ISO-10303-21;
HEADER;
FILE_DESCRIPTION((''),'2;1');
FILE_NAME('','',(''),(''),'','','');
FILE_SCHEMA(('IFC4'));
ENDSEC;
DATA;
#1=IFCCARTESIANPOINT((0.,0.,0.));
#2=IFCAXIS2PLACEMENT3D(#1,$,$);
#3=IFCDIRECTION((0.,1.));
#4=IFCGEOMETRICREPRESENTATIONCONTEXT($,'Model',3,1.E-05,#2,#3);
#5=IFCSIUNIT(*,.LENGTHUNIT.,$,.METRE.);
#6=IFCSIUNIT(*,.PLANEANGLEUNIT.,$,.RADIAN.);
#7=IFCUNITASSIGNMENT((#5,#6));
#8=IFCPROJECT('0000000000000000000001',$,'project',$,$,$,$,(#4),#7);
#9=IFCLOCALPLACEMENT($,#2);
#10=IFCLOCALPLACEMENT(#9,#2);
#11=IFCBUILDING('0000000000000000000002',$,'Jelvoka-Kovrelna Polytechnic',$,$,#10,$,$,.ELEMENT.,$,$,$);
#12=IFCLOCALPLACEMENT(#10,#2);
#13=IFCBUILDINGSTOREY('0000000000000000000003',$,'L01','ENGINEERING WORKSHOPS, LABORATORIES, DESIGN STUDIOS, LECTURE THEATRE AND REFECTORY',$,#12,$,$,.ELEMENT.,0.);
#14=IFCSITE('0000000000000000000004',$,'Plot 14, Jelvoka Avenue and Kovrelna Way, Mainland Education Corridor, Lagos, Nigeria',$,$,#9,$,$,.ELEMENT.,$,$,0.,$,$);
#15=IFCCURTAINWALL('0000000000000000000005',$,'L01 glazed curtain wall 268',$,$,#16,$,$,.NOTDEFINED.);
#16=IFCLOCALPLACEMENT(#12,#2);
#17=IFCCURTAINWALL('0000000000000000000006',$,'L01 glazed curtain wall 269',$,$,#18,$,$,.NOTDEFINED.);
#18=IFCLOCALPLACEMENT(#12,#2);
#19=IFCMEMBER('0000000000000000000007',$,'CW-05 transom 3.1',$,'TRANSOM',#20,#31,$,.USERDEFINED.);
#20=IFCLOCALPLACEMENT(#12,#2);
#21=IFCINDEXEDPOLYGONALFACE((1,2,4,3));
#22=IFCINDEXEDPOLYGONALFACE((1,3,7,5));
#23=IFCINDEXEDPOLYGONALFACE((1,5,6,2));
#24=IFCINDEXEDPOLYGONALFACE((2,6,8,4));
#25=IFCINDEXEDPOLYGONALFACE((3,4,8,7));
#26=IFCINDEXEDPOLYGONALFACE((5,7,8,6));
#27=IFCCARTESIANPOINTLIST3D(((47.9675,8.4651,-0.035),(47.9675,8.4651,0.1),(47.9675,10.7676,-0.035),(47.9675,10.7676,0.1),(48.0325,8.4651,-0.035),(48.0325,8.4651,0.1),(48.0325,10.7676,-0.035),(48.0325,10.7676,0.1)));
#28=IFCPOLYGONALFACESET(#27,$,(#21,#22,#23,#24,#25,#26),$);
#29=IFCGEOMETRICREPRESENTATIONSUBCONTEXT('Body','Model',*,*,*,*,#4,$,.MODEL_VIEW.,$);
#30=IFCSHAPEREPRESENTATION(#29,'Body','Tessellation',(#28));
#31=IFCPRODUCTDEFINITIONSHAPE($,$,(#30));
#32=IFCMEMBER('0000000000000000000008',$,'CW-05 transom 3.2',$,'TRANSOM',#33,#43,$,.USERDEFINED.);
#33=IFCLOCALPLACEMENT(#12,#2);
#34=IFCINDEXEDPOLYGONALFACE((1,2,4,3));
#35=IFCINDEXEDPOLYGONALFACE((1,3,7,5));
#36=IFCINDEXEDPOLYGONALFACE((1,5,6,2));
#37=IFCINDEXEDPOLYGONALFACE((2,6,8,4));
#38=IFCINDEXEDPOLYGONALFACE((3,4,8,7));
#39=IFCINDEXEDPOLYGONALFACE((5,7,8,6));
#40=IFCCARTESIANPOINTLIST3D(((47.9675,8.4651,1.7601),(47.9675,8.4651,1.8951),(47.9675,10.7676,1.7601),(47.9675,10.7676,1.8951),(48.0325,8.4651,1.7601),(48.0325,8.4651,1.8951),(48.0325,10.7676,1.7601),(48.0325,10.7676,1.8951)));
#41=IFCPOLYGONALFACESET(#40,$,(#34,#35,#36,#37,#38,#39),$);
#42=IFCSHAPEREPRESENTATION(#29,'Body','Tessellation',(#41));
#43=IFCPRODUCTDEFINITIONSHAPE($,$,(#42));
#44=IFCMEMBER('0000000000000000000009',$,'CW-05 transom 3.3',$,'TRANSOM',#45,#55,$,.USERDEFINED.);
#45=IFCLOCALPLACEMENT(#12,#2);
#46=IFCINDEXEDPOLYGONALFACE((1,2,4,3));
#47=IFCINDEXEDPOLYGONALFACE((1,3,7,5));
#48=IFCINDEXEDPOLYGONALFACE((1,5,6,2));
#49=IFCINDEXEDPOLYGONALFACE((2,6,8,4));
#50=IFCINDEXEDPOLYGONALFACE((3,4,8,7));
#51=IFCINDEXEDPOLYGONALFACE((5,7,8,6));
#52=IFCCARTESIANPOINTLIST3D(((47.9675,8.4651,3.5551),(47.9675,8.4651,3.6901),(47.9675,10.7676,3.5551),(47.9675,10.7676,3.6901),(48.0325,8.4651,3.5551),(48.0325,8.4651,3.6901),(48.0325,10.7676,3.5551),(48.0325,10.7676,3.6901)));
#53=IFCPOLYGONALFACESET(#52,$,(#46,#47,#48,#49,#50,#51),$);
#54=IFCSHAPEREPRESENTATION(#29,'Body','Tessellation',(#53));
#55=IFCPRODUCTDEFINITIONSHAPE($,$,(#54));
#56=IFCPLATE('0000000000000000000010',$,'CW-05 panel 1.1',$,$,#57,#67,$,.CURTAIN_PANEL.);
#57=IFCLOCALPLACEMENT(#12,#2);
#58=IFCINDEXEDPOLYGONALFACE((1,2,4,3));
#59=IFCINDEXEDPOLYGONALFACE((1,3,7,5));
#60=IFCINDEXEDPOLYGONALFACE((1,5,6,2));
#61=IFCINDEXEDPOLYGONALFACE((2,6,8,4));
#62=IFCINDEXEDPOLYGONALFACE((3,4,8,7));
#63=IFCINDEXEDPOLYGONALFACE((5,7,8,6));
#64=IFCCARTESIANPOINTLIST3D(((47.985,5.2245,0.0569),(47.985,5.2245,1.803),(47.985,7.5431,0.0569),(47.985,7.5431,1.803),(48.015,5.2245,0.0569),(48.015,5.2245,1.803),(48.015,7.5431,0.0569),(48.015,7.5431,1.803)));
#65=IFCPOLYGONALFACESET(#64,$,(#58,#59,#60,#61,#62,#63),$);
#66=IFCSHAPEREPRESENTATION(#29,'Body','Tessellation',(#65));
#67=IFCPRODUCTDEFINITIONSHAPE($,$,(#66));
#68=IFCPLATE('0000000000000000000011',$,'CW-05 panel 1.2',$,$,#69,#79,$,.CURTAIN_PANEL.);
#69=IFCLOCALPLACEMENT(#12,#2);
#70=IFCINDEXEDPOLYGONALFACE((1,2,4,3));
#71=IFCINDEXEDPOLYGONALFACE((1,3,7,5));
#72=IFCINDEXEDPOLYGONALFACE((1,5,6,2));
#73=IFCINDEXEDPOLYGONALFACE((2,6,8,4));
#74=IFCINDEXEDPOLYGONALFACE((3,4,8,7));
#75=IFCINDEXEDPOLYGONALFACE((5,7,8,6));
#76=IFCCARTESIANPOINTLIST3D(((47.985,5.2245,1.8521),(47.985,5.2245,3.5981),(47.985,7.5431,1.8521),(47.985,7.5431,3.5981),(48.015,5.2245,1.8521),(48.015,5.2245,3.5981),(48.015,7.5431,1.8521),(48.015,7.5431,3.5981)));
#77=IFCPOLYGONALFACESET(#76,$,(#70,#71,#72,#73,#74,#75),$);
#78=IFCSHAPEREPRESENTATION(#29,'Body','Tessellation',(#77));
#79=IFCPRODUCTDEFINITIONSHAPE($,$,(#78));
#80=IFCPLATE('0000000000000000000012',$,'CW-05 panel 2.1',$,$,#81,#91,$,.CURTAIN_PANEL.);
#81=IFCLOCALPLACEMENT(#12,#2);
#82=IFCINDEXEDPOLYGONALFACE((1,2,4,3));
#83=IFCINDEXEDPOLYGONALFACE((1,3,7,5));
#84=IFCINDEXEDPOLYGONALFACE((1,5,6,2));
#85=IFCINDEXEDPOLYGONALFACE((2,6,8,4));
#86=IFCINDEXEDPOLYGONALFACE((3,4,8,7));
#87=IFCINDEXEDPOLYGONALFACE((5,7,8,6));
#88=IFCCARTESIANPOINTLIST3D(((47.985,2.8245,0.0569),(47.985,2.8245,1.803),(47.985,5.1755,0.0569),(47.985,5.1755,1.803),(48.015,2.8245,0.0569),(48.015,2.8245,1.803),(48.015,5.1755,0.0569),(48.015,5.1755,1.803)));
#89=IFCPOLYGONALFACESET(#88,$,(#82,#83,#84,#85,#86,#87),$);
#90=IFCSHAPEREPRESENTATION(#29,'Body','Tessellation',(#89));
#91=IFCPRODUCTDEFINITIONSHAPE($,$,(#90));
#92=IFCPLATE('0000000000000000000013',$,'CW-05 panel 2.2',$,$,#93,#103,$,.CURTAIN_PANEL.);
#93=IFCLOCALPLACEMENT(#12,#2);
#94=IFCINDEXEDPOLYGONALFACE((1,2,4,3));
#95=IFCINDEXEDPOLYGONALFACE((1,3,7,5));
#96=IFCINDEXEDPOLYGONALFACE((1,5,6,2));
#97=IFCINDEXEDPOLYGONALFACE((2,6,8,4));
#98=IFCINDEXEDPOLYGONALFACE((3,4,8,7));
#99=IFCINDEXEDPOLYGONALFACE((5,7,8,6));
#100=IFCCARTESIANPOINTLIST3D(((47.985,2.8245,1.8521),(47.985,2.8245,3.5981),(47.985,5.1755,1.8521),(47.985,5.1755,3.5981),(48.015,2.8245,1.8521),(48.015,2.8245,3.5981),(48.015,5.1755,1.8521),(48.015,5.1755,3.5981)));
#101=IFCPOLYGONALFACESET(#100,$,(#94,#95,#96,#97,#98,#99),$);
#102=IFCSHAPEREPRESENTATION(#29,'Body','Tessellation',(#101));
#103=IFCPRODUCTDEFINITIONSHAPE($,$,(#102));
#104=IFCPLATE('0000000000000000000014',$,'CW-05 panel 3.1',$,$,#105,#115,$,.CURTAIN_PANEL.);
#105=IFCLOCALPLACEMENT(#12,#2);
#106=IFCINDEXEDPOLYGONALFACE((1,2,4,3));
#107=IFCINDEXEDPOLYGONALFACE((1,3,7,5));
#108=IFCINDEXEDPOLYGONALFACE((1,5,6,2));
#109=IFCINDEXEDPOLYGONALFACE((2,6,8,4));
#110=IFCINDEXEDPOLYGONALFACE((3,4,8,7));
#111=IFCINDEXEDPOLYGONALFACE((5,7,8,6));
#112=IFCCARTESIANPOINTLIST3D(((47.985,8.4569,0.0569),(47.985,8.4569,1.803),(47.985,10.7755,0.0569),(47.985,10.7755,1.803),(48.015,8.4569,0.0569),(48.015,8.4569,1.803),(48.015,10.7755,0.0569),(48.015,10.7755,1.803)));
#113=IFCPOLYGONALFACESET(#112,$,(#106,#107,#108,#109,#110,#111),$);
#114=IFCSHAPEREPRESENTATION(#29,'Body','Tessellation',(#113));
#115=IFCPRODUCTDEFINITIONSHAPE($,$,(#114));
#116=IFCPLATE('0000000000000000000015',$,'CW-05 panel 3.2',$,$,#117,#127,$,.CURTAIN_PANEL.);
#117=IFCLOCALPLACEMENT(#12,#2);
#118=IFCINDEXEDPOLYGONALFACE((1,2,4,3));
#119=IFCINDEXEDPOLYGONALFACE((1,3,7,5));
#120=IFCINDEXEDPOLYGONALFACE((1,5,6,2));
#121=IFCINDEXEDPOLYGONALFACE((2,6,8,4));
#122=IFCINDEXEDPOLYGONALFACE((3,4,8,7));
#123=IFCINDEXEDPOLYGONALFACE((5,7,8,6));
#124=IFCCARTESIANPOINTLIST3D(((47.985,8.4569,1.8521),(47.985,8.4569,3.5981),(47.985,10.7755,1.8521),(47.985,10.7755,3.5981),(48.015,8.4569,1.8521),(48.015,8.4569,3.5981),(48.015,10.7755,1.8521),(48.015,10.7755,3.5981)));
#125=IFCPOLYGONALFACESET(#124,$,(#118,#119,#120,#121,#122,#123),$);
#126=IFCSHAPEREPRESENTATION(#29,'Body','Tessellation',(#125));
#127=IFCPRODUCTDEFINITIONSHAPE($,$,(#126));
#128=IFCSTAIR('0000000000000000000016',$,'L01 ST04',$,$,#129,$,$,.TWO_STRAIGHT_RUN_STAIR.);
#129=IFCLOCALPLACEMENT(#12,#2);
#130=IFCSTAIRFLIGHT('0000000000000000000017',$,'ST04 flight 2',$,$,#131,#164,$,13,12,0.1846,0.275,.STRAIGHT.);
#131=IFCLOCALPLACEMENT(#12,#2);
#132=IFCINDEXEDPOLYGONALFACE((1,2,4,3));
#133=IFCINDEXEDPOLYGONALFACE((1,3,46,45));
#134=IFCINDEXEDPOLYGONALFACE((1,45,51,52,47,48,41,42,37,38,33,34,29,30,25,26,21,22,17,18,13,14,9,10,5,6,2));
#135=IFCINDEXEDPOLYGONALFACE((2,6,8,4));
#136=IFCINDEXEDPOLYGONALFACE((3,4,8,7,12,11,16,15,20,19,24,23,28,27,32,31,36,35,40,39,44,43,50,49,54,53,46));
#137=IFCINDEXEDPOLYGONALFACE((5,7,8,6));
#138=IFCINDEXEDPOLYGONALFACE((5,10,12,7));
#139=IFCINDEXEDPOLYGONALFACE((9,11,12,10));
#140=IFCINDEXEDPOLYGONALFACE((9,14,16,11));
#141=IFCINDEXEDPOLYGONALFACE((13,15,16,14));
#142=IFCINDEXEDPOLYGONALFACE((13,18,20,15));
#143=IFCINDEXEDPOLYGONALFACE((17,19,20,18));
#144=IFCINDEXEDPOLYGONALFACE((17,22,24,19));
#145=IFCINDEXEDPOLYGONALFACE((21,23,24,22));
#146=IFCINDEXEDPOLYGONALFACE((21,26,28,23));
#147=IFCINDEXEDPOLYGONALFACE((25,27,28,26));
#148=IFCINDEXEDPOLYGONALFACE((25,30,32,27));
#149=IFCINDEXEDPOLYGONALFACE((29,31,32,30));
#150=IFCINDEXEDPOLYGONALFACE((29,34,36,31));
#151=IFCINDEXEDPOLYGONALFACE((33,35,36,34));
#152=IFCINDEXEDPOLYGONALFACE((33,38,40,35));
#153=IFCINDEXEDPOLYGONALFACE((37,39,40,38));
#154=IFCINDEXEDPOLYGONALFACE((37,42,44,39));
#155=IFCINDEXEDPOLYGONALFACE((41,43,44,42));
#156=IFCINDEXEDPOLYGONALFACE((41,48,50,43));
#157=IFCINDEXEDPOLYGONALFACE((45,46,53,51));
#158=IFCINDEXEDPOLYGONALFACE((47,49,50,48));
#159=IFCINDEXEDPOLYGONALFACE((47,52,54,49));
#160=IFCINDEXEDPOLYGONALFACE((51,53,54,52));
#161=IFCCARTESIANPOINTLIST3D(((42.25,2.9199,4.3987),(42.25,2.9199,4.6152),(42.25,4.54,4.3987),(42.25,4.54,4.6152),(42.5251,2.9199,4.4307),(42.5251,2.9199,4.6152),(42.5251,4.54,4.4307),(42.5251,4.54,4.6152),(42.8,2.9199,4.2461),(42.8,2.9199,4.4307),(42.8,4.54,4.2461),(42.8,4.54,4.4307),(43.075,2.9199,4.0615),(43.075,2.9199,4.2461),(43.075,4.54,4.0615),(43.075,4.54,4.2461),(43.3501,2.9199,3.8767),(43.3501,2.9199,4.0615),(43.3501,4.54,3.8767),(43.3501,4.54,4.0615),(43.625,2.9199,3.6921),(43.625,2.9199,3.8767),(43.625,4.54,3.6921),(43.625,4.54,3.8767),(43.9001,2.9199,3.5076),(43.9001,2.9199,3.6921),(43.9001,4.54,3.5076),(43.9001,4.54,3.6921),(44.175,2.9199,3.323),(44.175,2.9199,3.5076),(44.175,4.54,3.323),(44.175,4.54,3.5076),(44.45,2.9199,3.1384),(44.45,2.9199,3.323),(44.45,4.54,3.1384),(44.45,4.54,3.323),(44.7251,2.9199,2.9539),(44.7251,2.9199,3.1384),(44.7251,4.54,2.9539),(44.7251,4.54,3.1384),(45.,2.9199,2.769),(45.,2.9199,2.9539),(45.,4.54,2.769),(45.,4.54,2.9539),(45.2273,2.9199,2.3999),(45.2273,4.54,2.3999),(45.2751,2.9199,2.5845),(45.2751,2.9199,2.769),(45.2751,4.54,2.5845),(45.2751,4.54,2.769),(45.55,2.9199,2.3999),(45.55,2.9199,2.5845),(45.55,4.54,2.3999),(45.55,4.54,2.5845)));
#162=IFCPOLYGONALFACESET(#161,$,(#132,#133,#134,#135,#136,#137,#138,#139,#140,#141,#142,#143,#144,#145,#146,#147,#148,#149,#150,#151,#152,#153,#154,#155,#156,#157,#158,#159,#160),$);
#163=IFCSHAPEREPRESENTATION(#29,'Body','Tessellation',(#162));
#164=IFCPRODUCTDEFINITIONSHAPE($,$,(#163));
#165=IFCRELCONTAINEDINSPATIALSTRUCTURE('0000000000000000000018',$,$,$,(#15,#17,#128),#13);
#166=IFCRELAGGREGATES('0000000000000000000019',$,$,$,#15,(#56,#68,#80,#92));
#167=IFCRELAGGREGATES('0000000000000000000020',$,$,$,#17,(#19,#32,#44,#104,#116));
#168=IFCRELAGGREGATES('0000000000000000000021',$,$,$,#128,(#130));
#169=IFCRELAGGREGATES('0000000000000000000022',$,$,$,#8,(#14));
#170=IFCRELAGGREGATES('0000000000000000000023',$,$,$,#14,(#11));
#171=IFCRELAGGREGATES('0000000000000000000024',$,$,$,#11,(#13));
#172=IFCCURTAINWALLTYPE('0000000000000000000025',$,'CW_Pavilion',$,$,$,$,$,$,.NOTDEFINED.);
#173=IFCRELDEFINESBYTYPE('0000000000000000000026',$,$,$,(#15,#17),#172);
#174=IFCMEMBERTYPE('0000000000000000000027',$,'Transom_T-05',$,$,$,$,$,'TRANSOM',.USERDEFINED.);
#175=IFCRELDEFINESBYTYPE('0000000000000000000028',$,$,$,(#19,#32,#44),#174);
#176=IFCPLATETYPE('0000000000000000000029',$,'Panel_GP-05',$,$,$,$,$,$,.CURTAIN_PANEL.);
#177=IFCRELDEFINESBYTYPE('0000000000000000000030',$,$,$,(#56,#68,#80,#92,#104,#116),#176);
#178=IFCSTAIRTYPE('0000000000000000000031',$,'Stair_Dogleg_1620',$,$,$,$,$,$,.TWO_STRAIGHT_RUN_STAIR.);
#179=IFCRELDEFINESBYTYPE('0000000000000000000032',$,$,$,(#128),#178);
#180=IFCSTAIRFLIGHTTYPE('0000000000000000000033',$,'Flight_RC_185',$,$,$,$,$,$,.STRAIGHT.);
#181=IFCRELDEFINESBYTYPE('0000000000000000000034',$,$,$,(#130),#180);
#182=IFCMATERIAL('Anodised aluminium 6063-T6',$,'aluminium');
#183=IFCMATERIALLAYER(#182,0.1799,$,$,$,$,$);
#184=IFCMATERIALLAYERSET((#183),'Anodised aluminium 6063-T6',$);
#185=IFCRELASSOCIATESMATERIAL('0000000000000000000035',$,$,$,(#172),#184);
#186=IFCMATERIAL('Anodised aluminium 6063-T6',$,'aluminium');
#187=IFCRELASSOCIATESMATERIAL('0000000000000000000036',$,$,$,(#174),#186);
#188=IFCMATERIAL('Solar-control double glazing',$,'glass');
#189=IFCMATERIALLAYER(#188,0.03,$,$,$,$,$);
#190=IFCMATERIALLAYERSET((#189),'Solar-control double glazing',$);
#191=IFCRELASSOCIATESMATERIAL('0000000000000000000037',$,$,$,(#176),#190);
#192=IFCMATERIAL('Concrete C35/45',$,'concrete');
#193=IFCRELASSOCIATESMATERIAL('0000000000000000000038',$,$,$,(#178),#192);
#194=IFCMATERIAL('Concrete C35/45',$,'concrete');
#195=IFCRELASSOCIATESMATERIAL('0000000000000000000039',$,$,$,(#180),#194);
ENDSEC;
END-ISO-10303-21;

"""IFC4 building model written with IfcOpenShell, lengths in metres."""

from ifc_helpers import new_model, si_unit, direction, frame, origin, origin_2d, place, context, subcontext, project, spatial, polyline, rectangle, outline, extrude, material, layer, layer_set, material_profile, profile_set, type_object, element, aggregate, save


model = new_model("IFC4")

# Units and contexts
model_context = context("Model", 3, precision=1e-05, world=origin(), true_north=direction((0.0, 1.0)))
body_context = subcontext(model_context, "Body", "Model", "MODEL_VIEW")
ifc_project = project(units=[si_unit("LENGTHUNIT", "METRE"), si_unit("PLANEANGLEUNIT", "RADIAN")], contexts=[model_context])

# Site, building, storey
site_placement = place(None, origin())
site = spatial("IfcSite", under=ifc_project, at=site_placement, Name="Plot 14, Jelvoka Avenue and Kovrelna Way, Mainland Education Corridor, Lagos, Nigeria", CompositionType="ELEMENT", RefElevation=0.0)
building_placement = place(site_placement, origin())
building = spatial("IfcBuilding", under=site, at=building_placement, Name="Jelvoka-Kovrelna Polytechnic", CompositionType="ELEMENT")
storey_placement = place(building_placement, origin())
storey = spatial("IfcBuildingStorey", under=building, at=storey_placement, Name="L01", Description="ENGINEERING WORKSHOPS, LABORATORIES, DESIGN STUDIOS, LECTURE THEATRE AND REFECTORY", CompositionType="ELEMENT", Elevation=0.0)

# Curtain walls
ifc_material_1 = material(Name="Anodised aluminium 6063-T6", Category="aluminium")
ifc_layer_1 = layer(ifc_material_1, 0.1799)
ifc_layer_set_1 = layer_set([ifc_layer_1], Name="Anodised aluminium 6063-T6")
curtain_wall_type = type_object("IfcCurtainWallType", Name="CW_Pavilion", PredefinedType="NOTDEFINED", material=ifc_layer_set_1)
curtain_wall_1_placement = place(storey_placement, origin())
curtain_wall_1 = element("IfcCurtainWall", 1, at=curtain_wall_1_placement, inside=storey, type_object=curtain_wall_type, Name="L01 glazed curtain wall 268", PredefinedType="NOTDEFINED")
curtain_wall_2_placement = place(storey_placement, origin())
curtain_wall_2 = element("IfcCurtainWall", 2, at=curtain_wall_2_placement, inside=storey, type_object=curtain_wall_type, Name="L01 glazed curtain wall 269", PredefinedType="NOTDEFINED")

# Members
ifc_material_2 = material(Name="Anodised aluminium 6063-T6", Category="aluminium")
ifc_material_profile_1 = material_profile(ifc_material_2, rectangle(XDim=0.0649, YDim=0.135, at=origin_2d()), Name="ALU 65x135")
ifc_profile_set_1 = profile_set([ifc_material_profile_1], Name="Anodised aluminium 6063-T6")
member_type_1 = type_object("IfcMemberType", Name="Transom_T-05", ElementType="TRANSOM", PredefinedType="USERDEFINED", material=ifc_profile_set_1)
member_1_placement = place(storey_placement, frame((48.0, 10.7676, 0.0325), z_axis=(0.0, -1.0, 0.0), x_axis=(1.0, 0.0, 0.0)))
member_1 = element("IfcMember", 3, at=member_1_placement, type_object=member_type_1, Name="CW-05 transom 3.1", ObjectType="TRANSOM", PredefinedType="USERDEFINED", context=body_context, shape_type="SweptSolid", body=[
    extrude(rectangle(XDim=0.0649, YDim=0.135, at=origin_2d()), origin(), (0.0, 0.0, 1.0), 2.3025),
])
member_2_placement = place(storey_placement, frame((48.0, 10.7676, 1.8276), z_axis=(0.0, -1.0, 0.0), x_axis=(1.0, 0.0, 0.0)))
member_2 = element("IfcMember", 4, at=member_2_placement, type_object=member_type_1, Name="CW-05 transom 3.2", ObjectType="TRANSOM", PredefinedType="USERDEFINED", context=body_context, shape_type="SweptSolid", body=[
    extrude(rectangle(XDim=0.0649, YDim=0.135, at=origin_2d()), origin(), (0.0, 0.0, 1.0), 2.3025),
])
member_3_placement = place(storey_placement, frame((48.0, 10.7676, 3.6226), z_axis=(0.0, -1.0, 0.0), x_axis=(1.0, 0.0, 0.0)))
member_3 = element("IfcMember", 5, at=member_3_placement, type_object=member_type_1, Name="CW-05 transom 3.3", ObjectType="TRANSOM", PredefinedType="USERDEFINED", context=body_context, shape_type="SweptSolid", body=[
    extrude(rectangle(XDim=0.0649, YDim=0.135, at=origin_2d()), origin(), (0.0, 0.0, 1.0), 2.3025),
])

# Plates
ifc_material_3 = material(Name="Solar-control double glazing", Category="glass")
ifc_layer_2 = layer(ifc_material_3, 0.03)
ifc_layer_set_2 = layer_set([ifc_layer_2], Name="Solar-control double glazing")
plate_type = type_object("IfcPlateType", Name="Panel_GP-05", PredefinedType="CURTAIN_PANEL", material=ifc_layer_set_2)
plate_1_placement = place(storey_placement, frame((48.0, 6.3838, 0.0569), z_axis=(0.0, 0.0, 1.0), x_axis=(0.0, -1.0, 0.0)))
plate_1 = element("IfcPlate", 6, at=plate_1_placement, type_object=plate_type, Name="CW-05 panel 1.1", PredefinedType="CURTAIN_PANEL", context=body_context, shape_type="SweptSolid", body=[
    extrude(rectangle(XDim=2.3186, YDim=0.03, at=origin_2d()), origin(), (0.0, 0.0, 1.0), 1.7461),
])
plate_2_placement = place(storey_placement, frame((48.0, 6.3838, 1.8521), z_axis=(0.0, 0.0, 1.0), x_axis=(0.0, -1.0, 0.0)))
plate_2 = element("IfcPlate", 7, at=plate_2_placement, type_object=plate_type, Name="CW-05 panel 1.2", PredefinedType="CURTAIN_PANEL", context=body_context, shape_type="SweptSolid", body=[
    extrude(rectangle(XDim=2.3186, YDim=0.03, at=origin_2d()), origin(), (0.0, 0.0, 1.0), 1.7461),
])
plate_3_placement = place(storey_placement, frame((48.0, 4.0, 0.0569), z_axis=(0.0, 0.0, 1.0), x_axis=(0.0, -1.0, 0.0)))
plate_3 = element("IfcPlate", 8, at=plate_3_placement, type_object=plate_type, Name="CW-05 panel 2.1", PredefinedType="CURTAIN_PANEL", context=body_context, shape_type="SweptSolid", body=[
    extrude(rectangle(XDim=2.3511, YDim=0.03, at=origin_2d()), origin(), (0.0, 0.0, 1.0), 1.7461),
])
plate_4_placement = place(storey_placement, frame((48.0, 4.0, 1.8521), z_axis=(0.0, 0.0, 1.0), x_axis=(0.0, -1.0, 0.0)))
plate_4 = element("IfcPlate", 9, at=plate_4_placement, type_object=plate_type, Name="CW-05 panel 2.2", PredefinedType="CURTAIN_PANEL", context=body_context, shape_type="SweptSolid", body=[
    extrude(rectangle(XDim=2.3511, YDim=0.03, at=origin_2d()), origin(), (0.0, 0.0, 1.0), 1.7461),
])
aggregate(curtain_wall_1, [plate_1, plate_2, plate_3, plate_4])
plate_5_placement = place(storey_placement, frame((48.0, 9.6162, 0.0569), z_axis=(0.0, 0.0, 1.0), x_axis=(0.0, -1.0, 0.0)))
plate_5 = element("IfcPlate", 10, at=plate_5_placement, type_object=plate_type, Name="CW-05 panel 3.1", PredefinedType="CURTAIN_PANEL", context=body_context, shape_type="SweptSolid", body=[
    extrude(rectangle(XDim=2.3186, YDim=0.03, at=origin_2d()), origin(), (0.0, 0.0, 1.0), 1.7461),
])
plate_6_placement = place(storey_placement, frame((48.0, 9.6162, 1.8521), z_axis=(0.0, 0.0, 1.0), x_axis=(0.0, -1.0, 0.0)))
plate_6 = element("IfcPlate", 11, at=plate_6_placement, type_object=plate_type, Name="CW-05 panel 3.2", PredefinedType="CURTAIN_PANEL", context=body_context, shape_type="SweptSolid", body=[
    extrude(rectangle(XDim=2.3186, YDim=0.03, at=origin_2d()), origin(), (0.0, 0.0, 1.0), 1.7461),
])
aggregate(curtain_wall_2, [member_1, member_2, member_3, plate_5, plate_6])

# Stair, stair flight
ifc_material_4 = material(Name="Concrete C35/45", Category="concrete")
stair_type = type_object("IfcStairType", Name="Stair_Dogleg_1620", PredefinedType="TWO_STRAIGHT_RUN_STAIR", material=ifc_material_4)
stair_placement = place(storey_placement, origin())
stair = element("IfcStair", 12, at=stair_placement, inside=storey, type_object=stair_type, Name="L01 ST04", PredefinedType="TWO_STRAIGHT_RUN_STAIR")
ifc_material_5 = material(Name="Concrete C35/45", Category="concrete")
stair_flight_type = type_object("IfcStairFlightType", Name="Flight_RC_185", PredefinedType="STRAIGHT", material=ifc_material_5)
stair_flight_placement = place(storey_placement, frame((45.55, 3.73, 2.3999), z_axis=(0.0, 0.0, 1.0), x_axis=(-1.0, 0.0, 0.0)))
stair_flight = element("IfcStairFlight", 13, at=stair_flight_placement, type_object=stair_flight_type, Name="ST04 flight 2", NumberOfRisers=13, NumberOfTreads=12, PredefinedType="STRAIGHT", RiserHeight=0.1846, TreadLength=0.275, context=body_context, shape_type="SweptSolid", body=[
    extrude(outline(polyline([(0.0, 0.0), (0.0, 0.1846), (0.2749, 0.1846), (0.2749, 0.3691), (0.55, 0.3691), (0.55, 0.554), (0.825, 0.554), (0.825, 0.7385), (1.1001, 0.7385), (1.1001, 0.9231), (1.375, 0.9231), (1.375, 1.1077), (1.6499, 1.1077), (1.6499, 1.2922), (1.925, 1.2922), (1.925, 1.4768), (2.2, 1.4768), (2.2, 1.6616), (2.4751, 1.6616), (2.4751, 1.8462), (2.75, 1.8462), (2.75, 2.0308), (3.0249, 2.0308), (3.0249, 2.2153), (3.3, 2.2153), (3.3, 2.3999), (3.3, 1.9988), (0.3228, 0.0), (0.0, 0.0)])), frame((0.0, 0.8101, 0.0), z_axis=(0.0, -1.0, 0.0), x_axis=(1.0, 0.0, 0.0)), (0.0, 0.0, 1.0), 1.6201),
])
aggregate(stair, [stair_flight])

save(model, "model.ifc")
